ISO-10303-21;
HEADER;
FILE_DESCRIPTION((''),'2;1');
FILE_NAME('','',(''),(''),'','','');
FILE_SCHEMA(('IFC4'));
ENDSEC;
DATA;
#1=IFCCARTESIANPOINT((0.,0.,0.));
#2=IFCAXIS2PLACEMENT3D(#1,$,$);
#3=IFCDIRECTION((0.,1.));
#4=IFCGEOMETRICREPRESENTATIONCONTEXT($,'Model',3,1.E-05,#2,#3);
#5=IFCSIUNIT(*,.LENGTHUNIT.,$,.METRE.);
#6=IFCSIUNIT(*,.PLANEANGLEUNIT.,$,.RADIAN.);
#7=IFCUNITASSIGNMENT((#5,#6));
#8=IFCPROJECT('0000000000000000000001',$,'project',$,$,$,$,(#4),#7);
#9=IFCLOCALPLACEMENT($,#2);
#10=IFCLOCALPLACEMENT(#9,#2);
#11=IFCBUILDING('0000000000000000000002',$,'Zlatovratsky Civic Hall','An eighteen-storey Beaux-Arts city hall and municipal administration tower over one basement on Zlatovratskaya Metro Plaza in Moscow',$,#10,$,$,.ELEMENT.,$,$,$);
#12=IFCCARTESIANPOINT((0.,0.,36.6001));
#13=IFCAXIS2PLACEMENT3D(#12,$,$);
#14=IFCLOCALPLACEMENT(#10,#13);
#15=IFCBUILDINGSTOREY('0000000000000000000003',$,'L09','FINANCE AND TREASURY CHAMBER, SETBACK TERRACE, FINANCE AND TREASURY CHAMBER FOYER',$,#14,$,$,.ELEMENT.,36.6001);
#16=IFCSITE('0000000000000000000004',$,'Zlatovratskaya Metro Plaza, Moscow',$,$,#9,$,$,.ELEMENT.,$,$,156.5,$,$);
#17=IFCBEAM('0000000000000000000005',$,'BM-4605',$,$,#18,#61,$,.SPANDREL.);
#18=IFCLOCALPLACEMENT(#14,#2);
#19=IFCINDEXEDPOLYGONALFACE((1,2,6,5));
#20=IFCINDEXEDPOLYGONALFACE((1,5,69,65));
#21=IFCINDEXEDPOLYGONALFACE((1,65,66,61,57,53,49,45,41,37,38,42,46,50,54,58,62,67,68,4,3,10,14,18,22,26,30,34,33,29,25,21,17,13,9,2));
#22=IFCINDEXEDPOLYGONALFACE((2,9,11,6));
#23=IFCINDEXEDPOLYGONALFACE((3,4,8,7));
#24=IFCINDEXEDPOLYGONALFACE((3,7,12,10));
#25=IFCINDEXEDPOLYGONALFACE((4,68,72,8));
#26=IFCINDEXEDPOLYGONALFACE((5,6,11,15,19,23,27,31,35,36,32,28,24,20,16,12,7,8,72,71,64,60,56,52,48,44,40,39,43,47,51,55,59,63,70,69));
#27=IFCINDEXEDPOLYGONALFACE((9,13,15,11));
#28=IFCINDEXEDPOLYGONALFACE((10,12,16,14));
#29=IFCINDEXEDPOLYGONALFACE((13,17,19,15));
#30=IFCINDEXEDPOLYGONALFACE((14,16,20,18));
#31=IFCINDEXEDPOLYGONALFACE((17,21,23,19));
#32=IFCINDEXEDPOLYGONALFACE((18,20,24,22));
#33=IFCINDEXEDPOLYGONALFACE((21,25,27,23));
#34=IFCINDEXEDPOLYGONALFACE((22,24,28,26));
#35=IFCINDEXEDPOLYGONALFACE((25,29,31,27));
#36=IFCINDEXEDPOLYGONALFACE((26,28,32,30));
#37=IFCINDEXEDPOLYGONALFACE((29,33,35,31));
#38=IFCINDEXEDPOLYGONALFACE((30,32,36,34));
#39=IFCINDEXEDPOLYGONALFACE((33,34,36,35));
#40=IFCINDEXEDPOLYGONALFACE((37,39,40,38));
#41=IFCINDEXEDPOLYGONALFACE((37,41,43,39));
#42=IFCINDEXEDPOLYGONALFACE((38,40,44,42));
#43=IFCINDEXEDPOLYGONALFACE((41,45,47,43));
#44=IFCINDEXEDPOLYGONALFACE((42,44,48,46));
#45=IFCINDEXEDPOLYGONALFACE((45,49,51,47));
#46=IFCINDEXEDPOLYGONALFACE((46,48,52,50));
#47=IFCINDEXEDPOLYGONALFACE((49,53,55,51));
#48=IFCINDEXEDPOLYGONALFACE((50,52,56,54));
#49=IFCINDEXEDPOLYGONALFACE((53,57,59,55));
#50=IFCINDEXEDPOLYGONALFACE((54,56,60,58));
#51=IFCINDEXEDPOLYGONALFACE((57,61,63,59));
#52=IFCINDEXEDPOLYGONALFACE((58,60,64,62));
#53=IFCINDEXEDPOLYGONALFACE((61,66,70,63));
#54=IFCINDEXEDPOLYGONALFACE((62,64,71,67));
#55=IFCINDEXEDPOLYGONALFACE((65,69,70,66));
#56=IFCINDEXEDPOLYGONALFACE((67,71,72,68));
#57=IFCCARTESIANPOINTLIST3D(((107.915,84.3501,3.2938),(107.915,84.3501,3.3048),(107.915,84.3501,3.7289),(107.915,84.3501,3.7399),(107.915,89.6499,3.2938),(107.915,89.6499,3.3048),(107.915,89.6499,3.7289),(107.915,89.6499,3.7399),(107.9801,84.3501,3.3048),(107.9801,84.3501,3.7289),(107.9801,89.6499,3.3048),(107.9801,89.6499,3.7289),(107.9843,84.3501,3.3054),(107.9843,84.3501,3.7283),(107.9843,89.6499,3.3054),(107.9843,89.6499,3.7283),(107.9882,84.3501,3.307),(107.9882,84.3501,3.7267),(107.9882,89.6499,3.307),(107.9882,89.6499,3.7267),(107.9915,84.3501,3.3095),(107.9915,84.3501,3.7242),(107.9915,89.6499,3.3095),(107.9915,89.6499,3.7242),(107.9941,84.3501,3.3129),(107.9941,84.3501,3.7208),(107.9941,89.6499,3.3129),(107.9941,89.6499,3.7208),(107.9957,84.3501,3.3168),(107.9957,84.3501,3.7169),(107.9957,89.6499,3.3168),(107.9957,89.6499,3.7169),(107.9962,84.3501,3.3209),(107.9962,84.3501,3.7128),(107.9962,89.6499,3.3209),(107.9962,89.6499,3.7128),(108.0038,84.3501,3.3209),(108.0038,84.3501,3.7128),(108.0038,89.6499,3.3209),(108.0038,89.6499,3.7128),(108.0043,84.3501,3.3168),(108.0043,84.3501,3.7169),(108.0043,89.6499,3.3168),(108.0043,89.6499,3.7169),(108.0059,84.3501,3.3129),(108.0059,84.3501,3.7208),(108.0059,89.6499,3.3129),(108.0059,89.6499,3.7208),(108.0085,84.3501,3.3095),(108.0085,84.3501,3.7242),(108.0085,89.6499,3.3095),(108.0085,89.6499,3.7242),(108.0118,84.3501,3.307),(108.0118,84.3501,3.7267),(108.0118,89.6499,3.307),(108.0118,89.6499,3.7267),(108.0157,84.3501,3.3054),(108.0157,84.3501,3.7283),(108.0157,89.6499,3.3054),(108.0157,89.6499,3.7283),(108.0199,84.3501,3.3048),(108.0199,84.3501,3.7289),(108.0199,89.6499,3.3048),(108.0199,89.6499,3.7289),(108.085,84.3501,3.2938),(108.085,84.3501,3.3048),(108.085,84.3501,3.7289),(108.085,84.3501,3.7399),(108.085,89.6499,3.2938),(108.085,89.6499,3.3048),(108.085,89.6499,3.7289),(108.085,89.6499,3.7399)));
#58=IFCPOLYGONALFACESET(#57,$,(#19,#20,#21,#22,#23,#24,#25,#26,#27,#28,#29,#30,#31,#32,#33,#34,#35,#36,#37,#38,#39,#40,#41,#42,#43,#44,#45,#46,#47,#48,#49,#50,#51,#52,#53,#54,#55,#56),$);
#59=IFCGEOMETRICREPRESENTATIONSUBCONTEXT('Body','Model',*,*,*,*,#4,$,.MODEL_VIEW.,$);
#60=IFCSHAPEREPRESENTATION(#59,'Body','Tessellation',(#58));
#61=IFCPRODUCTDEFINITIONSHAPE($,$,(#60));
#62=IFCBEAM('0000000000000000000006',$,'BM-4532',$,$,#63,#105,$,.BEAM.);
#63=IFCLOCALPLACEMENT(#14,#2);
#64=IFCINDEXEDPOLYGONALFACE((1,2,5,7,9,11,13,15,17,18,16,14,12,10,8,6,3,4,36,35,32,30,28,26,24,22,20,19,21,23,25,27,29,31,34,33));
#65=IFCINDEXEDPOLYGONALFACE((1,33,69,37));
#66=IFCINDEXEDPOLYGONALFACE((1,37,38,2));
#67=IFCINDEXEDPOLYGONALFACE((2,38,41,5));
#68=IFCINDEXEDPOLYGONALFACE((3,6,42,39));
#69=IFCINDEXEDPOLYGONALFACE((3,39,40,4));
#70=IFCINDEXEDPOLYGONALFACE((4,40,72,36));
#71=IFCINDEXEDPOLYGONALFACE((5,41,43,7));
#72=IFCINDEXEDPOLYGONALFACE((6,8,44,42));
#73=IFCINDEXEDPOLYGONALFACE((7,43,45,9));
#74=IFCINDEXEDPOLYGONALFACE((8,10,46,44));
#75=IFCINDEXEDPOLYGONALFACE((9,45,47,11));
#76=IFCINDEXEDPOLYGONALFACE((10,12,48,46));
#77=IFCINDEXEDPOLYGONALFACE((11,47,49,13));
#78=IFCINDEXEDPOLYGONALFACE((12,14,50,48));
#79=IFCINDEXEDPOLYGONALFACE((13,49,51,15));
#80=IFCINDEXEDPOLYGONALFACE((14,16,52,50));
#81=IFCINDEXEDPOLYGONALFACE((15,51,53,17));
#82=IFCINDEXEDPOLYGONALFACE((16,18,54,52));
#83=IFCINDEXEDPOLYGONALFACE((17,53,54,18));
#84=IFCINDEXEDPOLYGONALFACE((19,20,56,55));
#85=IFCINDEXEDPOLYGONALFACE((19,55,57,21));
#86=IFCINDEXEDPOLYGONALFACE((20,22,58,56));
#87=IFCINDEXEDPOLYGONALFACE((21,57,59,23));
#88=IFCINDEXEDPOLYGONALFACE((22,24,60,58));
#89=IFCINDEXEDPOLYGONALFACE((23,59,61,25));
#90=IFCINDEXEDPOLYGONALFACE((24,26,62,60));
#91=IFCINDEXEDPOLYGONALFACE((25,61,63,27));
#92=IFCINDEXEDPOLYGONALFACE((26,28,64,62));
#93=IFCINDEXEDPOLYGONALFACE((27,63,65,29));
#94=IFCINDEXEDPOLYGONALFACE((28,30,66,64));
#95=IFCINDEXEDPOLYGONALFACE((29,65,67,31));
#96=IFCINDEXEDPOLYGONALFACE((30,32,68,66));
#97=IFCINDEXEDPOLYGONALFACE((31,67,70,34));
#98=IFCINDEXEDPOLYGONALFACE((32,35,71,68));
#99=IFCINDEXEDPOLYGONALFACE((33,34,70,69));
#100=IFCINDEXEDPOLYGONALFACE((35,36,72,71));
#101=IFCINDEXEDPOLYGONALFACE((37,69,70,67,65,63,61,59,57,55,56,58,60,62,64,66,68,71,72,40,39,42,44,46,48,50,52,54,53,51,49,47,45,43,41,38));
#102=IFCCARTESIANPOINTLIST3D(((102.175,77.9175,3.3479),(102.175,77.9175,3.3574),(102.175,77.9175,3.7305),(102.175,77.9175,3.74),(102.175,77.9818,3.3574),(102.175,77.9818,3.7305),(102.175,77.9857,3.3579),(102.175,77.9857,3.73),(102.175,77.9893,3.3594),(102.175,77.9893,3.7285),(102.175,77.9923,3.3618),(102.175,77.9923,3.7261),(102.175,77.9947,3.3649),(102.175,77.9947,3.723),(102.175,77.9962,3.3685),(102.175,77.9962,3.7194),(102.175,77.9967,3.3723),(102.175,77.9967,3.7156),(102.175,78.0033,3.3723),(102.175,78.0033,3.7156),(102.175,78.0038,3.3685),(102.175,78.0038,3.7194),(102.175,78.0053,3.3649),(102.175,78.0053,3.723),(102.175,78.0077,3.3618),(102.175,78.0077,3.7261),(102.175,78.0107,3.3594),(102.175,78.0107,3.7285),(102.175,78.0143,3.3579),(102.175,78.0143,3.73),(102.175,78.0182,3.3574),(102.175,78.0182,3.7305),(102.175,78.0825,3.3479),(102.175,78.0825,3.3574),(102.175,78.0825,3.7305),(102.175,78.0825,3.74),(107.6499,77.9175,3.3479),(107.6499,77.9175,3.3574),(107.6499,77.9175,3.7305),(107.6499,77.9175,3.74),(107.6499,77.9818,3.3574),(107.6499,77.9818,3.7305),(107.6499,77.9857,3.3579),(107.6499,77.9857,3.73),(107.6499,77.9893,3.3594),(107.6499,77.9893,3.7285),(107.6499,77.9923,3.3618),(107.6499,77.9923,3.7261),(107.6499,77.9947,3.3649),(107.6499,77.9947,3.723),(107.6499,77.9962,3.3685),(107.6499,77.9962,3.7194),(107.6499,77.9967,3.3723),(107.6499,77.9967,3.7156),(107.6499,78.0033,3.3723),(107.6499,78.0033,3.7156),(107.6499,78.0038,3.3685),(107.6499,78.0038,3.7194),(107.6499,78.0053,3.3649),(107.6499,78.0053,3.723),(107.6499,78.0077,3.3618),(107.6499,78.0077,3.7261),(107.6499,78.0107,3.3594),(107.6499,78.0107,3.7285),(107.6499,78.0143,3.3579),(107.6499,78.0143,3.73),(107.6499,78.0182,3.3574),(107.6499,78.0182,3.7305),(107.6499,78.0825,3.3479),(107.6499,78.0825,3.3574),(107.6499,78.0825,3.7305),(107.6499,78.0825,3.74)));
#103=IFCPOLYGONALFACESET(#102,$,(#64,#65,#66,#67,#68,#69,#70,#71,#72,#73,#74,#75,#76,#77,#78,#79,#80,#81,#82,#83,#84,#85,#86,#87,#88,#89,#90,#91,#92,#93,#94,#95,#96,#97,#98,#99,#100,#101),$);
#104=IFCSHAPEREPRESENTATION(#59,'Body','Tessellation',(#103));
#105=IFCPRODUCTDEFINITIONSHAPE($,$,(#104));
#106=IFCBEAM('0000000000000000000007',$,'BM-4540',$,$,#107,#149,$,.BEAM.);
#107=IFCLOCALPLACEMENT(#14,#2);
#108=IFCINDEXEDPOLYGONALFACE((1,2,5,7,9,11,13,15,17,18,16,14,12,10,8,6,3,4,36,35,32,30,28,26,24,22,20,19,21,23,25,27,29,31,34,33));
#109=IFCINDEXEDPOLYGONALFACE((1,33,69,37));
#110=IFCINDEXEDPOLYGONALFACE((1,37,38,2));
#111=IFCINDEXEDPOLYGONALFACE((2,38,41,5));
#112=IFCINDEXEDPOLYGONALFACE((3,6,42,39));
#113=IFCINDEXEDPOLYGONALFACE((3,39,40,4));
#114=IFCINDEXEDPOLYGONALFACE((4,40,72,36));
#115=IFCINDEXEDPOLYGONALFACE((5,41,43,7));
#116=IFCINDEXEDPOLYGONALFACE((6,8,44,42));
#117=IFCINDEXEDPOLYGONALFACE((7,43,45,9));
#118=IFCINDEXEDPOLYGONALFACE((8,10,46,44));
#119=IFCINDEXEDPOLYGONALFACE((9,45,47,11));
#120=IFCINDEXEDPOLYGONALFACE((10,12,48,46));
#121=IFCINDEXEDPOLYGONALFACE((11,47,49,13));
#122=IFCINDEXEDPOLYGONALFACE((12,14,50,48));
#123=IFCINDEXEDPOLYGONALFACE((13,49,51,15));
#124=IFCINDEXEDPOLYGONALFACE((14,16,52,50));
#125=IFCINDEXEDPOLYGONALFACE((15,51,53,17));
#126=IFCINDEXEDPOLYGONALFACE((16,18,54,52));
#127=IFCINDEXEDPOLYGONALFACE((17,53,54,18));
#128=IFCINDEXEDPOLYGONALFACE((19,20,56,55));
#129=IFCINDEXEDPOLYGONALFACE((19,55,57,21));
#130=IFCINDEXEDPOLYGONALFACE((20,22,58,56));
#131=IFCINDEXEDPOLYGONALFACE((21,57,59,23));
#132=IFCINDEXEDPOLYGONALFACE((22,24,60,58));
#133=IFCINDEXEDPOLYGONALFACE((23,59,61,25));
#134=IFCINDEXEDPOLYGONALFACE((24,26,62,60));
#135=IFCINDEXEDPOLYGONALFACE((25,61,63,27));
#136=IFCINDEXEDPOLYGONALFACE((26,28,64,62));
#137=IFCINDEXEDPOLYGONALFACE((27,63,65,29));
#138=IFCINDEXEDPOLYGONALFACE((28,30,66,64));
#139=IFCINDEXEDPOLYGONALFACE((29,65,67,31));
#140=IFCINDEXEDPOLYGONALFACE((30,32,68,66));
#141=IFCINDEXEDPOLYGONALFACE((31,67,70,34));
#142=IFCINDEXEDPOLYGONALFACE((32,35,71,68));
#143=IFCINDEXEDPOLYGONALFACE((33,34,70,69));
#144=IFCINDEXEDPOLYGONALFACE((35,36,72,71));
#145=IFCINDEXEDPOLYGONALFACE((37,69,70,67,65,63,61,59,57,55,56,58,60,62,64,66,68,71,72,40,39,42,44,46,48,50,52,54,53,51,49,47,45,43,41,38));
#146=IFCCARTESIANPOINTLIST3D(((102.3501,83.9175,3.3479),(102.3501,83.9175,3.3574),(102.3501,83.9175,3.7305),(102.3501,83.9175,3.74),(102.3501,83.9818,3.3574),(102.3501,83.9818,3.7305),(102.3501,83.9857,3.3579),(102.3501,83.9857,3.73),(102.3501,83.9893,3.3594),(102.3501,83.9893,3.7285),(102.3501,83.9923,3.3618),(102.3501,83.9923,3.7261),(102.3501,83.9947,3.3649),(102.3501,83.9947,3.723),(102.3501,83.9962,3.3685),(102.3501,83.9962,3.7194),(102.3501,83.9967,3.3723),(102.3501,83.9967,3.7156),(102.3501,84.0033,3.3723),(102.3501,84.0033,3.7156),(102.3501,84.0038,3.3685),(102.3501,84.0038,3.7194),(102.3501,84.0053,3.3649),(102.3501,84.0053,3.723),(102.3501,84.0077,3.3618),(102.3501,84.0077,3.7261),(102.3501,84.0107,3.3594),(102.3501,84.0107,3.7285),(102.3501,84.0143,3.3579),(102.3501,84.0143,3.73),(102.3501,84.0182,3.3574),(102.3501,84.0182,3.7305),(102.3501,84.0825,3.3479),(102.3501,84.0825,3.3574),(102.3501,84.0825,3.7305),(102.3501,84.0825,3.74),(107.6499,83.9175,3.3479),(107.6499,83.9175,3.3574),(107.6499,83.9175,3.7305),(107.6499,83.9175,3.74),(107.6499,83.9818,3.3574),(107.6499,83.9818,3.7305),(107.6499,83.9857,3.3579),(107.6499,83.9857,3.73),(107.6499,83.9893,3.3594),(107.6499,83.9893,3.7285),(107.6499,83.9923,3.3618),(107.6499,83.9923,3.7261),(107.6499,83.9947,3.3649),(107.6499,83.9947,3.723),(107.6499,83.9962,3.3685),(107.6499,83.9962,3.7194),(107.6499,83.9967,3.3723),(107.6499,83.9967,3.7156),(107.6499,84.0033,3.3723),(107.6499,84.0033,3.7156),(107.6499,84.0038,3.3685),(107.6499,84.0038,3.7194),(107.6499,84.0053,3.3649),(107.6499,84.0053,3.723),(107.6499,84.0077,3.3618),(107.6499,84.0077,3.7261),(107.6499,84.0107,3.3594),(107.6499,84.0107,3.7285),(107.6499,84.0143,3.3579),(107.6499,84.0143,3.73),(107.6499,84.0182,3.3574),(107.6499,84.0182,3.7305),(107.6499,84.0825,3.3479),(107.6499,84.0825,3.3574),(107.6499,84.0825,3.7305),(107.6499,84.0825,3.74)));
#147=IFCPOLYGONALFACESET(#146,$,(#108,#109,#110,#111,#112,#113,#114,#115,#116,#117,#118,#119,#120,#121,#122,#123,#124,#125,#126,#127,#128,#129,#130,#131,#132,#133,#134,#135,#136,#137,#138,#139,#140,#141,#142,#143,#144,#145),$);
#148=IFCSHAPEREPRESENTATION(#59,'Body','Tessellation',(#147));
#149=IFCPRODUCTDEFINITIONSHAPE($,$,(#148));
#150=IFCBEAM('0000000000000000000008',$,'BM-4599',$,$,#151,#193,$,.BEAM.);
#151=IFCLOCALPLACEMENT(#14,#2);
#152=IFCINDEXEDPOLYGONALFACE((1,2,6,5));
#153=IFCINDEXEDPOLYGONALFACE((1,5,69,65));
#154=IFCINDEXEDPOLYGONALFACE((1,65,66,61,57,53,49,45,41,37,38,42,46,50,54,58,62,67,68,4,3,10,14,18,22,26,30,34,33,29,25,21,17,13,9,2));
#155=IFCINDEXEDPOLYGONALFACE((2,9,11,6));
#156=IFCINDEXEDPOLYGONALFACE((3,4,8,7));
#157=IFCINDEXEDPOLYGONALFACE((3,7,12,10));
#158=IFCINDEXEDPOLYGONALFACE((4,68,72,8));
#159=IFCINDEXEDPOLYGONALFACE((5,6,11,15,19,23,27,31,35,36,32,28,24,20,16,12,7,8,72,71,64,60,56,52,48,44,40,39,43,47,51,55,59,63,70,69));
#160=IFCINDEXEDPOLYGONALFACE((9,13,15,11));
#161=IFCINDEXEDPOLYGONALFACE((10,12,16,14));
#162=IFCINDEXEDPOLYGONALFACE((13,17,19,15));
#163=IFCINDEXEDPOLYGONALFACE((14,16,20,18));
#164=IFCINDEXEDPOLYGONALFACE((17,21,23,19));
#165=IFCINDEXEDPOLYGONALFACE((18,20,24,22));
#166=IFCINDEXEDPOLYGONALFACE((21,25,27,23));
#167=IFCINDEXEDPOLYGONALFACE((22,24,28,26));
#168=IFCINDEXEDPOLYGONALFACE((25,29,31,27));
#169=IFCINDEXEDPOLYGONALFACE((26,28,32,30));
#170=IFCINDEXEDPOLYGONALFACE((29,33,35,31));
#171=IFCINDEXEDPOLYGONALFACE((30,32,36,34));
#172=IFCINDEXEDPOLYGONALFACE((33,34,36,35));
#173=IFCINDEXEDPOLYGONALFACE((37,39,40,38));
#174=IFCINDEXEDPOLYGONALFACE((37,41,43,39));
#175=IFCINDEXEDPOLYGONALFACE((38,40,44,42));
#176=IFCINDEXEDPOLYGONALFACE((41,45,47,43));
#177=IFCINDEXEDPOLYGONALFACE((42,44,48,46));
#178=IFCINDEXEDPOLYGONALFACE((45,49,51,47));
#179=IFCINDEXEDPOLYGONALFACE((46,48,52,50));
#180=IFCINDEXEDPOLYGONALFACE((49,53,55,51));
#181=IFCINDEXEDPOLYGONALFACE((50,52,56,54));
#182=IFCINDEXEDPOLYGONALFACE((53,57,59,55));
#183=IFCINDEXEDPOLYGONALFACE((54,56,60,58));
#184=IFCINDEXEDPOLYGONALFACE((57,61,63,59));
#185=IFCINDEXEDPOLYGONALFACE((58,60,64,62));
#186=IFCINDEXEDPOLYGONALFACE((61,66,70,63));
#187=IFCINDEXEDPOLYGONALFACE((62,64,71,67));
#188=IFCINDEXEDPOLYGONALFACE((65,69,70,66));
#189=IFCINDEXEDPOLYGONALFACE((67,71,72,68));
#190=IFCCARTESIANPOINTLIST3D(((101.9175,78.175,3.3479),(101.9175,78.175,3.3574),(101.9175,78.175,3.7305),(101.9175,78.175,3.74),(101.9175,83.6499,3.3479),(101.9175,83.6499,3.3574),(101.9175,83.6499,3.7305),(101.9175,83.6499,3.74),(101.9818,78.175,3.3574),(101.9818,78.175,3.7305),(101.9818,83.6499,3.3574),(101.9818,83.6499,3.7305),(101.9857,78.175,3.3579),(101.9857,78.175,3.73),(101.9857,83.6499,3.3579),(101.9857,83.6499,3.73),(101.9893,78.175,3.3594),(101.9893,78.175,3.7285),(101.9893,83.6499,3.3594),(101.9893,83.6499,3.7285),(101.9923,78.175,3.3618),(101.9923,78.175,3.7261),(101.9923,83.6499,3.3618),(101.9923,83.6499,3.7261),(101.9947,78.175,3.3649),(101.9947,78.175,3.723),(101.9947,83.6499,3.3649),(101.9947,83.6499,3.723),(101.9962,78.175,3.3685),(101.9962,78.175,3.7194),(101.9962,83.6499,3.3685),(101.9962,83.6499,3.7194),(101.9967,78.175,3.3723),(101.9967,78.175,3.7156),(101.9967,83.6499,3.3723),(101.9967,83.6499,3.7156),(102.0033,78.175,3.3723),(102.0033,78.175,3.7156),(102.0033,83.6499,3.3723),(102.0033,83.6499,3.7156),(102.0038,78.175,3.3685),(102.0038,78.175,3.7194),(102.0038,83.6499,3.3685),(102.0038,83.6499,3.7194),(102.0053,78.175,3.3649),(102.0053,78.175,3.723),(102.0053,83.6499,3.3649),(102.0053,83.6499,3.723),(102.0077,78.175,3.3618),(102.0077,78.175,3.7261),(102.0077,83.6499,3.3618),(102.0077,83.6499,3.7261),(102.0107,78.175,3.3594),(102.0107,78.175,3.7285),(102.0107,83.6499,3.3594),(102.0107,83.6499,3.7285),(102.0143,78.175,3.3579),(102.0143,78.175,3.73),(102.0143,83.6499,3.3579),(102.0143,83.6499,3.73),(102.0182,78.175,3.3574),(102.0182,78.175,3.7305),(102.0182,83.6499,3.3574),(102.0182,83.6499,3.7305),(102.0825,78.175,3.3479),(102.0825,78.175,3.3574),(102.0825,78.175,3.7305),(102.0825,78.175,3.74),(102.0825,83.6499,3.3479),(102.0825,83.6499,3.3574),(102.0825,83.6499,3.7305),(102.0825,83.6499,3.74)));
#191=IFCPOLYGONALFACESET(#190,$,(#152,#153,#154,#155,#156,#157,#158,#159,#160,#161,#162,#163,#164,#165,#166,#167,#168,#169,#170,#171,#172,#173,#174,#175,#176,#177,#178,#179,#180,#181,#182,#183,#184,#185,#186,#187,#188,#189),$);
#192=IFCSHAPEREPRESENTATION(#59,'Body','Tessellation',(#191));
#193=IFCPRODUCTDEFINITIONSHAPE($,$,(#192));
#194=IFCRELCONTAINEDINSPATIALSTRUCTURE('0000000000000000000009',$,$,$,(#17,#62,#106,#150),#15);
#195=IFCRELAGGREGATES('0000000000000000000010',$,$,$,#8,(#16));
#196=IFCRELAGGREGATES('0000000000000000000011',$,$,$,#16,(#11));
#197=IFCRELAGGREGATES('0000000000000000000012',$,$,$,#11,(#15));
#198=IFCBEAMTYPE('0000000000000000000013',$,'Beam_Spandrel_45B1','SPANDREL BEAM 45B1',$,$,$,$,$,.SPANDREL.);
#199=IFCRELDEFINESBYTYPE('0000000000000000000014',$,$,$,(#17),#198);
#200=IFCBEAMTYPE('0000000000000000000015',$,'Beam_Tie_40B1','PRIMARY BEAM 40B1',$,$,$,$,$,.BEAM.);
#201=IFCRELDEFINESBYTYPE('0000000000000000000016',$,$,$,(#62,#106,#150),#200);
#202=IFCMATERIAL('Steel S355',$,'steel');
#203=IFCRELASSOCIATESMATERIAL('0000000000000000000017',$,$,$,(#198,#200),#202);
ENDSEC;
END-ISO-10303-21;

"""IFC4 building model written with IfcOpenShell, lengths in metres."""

from ifc_helpers import new_model, si_unit, direction, frame, origin, origin_2d, place, context, subcontext, project, spatial, i_section, extrude, material, material_profile, profile_set, type_object, element, save


model = new_model("IFC4")

# Units and contexts
model_context = context("Model", 3, precision=1e-05, world=origin(), true_north=direction((0.0, 1.0)))
body_context = subcontext(model_context, "Body", "Model", "MODEL_VIEW")
ifc_project = project(units=[si_unit("LENGTHUNIT", "METRE"), si_unit("PLANEANGLEUNIT", "RADIAN")], contexts=[model_context])

# Site, building, storey
site_placement = place(None, origin())
site = spatial("IfcSite", under=ifc_project, at=site_placement, Name="Zlatovratskaya Metro Plaza, Moscow", CompositionType="ELEMENT", RefElevation=156.5)
building_placement = place(site_placement, origin())
building = spatial("IfcBuilding", under=site, at=building_placement, Name="Zlatovratsky Civic Hall", Description="An eighteen-storey Beaux-Arts city hall and municipal administration tower over one basement on Zlatovratskaya Metro Plaza in Moscow", CompositionType="ELEMENT")
storey_placement = place(building_placement, frame((0.0, 0.0, 36.6001)))
storey = spatial("IfcBuildingStorey", under=building, at=storey_placement, Name="L09", Description="FINANCE AND TREASURY CHAMBER, SETBACK TERRACE, FINANCE AND TREASURY CHAMBER FOYER", CompositionType="ELEMENT", Elevation=36.6001)

# Beams
ifc_material_1 = material(Name="Steel S355", Category="steel")
ifc_material_profile_1 = material_profile(ifc_material_1, i_section(OverallWidth=0.1699, OverallDepth=0.446, WebThickness=0.0076, FlangeThickness=0.011, FilletRadius=0.0161, at=origin_2d()), Name="45B1")
ifc_profile_set_1 = profile_set([ifc_material_profile_1], Name="Steel S355")
beam_type_1 = type_object("IfcBeamType", Name="Beam_Spandrel_45B1", Description="SPANDREL BEAM 45B1", PredefinedType="SPANDREL", material=ifc_profile_set_1)
for number, where, z_axis, x_axis, name in (
    (1, (108.0, 84.3501, 3.5168), (0.0, 1.0, 0.0), (-1.0, 0.0, 0.0), "BM-4605"),
):
    element("IfcBeam", number, at=place(storey_placement, frame(where, z_axis=z_axis, x_axis=x_axis)), inside=storey, type_object=beam_type_1, Name=name, PredefinedType="SPANDREL", context=body_context, shape_type="SweptSolid", body=[
        extrude(i_section(OverallWidth=0.1699, OverallDepth=0.446, WebThickness=0.0076, FlangeThickness=0.011, FilletRadius=0.0161, at=origin_2d()), origin(), (0.0, 0.0, 1.0), 5.2998),
    ])
ifc_material_profile_2 = material_profile(ifc_material_1, i_section(OverallWidth=0.165, OverallDepth=0.3921, WebThickness=0.0066, FlangeThickness=0.0095, FilletRadius=0.0149, at=origin_2d()), Name="40B1")
ifc_profile_set_2 = profile_set([ifc_material_profile_2], Name="Steel S355")
beam_type_2 = type_object("IfcBeamType", Name="Beam_Tie_40B1", Description="PRIMARY BEAM 40B1", PredefinedType="BEAM", material=ifc_profile_set_2)
beam_1_placement = place(storey_placement, frame((102.175, 78.0, 3.5439), z_axis=(1.0, 0.0, 0.0), x_axis=(0.0, 1.0, 0.0)))
element("IfcBeam", 2, at=beam_1_placement, inside=storey, type_object=beam_type_2, Name="BM-4532", PredefinedType="BEAM", context=body_context, shape_type="SweptSolid", body=[
    extrude(i_section(OverallWidth=0.165, OverallDepth=0.3921, WebThickness=0.0066, FlangeThickness=0.0095, FilletRadius=0.0149, at=origin_2d()), origin(), (0.0, 0.0, 1.0), 5.4749),
])
beam_2_placement = place(storey_placement, frame((102.3501, 84.0, 3.5439), z_axis=(1.0, 0.0, 0.0), x_axis=(0.0, 1.0, 0.0)))
element("IfcBeam", 3, at=beam_2_placement, inside=storey, type_object=beam_type_2, Name="BM-4540", PredefinedType="BEAM", context=body_context, shape_type="SweptSolid", body=[
    extrude(i_section(OverallWidth=0.165, OverallDepth=0.3921, WebThickness=0.0066, FlangeThickness=0.0095, FilletRadius=0.0149, at=origin_2d()), origin(), (0.0, 0.0, 1.0), 5.2998),
])
beam_3_placement = place(storey_placement, frame((102.0, 78.175, 3.5439), z_axis=(0.0, 1.0, 0.0), x_axis=(-1.0, 0.0, 0.0)))
element("IfcBeam", 4, at=beam_3_placement, inside=storey, type_object=beam_type_2, Name="BM-4599", PredefinedType="BEAM", context=body_context, shape_type="SweptSolid", body=[
    extrude(i_section(OverallWidth=0.165, OverallDepth=0.3921, WebThickness=0.0066, FlangeThickness=0.0095, FilletRadius=0.0149, at=origin_2d()), origin(), (0.0, 0.0, 1.0), 5.4749),
])

save(model, "model.ifc")
